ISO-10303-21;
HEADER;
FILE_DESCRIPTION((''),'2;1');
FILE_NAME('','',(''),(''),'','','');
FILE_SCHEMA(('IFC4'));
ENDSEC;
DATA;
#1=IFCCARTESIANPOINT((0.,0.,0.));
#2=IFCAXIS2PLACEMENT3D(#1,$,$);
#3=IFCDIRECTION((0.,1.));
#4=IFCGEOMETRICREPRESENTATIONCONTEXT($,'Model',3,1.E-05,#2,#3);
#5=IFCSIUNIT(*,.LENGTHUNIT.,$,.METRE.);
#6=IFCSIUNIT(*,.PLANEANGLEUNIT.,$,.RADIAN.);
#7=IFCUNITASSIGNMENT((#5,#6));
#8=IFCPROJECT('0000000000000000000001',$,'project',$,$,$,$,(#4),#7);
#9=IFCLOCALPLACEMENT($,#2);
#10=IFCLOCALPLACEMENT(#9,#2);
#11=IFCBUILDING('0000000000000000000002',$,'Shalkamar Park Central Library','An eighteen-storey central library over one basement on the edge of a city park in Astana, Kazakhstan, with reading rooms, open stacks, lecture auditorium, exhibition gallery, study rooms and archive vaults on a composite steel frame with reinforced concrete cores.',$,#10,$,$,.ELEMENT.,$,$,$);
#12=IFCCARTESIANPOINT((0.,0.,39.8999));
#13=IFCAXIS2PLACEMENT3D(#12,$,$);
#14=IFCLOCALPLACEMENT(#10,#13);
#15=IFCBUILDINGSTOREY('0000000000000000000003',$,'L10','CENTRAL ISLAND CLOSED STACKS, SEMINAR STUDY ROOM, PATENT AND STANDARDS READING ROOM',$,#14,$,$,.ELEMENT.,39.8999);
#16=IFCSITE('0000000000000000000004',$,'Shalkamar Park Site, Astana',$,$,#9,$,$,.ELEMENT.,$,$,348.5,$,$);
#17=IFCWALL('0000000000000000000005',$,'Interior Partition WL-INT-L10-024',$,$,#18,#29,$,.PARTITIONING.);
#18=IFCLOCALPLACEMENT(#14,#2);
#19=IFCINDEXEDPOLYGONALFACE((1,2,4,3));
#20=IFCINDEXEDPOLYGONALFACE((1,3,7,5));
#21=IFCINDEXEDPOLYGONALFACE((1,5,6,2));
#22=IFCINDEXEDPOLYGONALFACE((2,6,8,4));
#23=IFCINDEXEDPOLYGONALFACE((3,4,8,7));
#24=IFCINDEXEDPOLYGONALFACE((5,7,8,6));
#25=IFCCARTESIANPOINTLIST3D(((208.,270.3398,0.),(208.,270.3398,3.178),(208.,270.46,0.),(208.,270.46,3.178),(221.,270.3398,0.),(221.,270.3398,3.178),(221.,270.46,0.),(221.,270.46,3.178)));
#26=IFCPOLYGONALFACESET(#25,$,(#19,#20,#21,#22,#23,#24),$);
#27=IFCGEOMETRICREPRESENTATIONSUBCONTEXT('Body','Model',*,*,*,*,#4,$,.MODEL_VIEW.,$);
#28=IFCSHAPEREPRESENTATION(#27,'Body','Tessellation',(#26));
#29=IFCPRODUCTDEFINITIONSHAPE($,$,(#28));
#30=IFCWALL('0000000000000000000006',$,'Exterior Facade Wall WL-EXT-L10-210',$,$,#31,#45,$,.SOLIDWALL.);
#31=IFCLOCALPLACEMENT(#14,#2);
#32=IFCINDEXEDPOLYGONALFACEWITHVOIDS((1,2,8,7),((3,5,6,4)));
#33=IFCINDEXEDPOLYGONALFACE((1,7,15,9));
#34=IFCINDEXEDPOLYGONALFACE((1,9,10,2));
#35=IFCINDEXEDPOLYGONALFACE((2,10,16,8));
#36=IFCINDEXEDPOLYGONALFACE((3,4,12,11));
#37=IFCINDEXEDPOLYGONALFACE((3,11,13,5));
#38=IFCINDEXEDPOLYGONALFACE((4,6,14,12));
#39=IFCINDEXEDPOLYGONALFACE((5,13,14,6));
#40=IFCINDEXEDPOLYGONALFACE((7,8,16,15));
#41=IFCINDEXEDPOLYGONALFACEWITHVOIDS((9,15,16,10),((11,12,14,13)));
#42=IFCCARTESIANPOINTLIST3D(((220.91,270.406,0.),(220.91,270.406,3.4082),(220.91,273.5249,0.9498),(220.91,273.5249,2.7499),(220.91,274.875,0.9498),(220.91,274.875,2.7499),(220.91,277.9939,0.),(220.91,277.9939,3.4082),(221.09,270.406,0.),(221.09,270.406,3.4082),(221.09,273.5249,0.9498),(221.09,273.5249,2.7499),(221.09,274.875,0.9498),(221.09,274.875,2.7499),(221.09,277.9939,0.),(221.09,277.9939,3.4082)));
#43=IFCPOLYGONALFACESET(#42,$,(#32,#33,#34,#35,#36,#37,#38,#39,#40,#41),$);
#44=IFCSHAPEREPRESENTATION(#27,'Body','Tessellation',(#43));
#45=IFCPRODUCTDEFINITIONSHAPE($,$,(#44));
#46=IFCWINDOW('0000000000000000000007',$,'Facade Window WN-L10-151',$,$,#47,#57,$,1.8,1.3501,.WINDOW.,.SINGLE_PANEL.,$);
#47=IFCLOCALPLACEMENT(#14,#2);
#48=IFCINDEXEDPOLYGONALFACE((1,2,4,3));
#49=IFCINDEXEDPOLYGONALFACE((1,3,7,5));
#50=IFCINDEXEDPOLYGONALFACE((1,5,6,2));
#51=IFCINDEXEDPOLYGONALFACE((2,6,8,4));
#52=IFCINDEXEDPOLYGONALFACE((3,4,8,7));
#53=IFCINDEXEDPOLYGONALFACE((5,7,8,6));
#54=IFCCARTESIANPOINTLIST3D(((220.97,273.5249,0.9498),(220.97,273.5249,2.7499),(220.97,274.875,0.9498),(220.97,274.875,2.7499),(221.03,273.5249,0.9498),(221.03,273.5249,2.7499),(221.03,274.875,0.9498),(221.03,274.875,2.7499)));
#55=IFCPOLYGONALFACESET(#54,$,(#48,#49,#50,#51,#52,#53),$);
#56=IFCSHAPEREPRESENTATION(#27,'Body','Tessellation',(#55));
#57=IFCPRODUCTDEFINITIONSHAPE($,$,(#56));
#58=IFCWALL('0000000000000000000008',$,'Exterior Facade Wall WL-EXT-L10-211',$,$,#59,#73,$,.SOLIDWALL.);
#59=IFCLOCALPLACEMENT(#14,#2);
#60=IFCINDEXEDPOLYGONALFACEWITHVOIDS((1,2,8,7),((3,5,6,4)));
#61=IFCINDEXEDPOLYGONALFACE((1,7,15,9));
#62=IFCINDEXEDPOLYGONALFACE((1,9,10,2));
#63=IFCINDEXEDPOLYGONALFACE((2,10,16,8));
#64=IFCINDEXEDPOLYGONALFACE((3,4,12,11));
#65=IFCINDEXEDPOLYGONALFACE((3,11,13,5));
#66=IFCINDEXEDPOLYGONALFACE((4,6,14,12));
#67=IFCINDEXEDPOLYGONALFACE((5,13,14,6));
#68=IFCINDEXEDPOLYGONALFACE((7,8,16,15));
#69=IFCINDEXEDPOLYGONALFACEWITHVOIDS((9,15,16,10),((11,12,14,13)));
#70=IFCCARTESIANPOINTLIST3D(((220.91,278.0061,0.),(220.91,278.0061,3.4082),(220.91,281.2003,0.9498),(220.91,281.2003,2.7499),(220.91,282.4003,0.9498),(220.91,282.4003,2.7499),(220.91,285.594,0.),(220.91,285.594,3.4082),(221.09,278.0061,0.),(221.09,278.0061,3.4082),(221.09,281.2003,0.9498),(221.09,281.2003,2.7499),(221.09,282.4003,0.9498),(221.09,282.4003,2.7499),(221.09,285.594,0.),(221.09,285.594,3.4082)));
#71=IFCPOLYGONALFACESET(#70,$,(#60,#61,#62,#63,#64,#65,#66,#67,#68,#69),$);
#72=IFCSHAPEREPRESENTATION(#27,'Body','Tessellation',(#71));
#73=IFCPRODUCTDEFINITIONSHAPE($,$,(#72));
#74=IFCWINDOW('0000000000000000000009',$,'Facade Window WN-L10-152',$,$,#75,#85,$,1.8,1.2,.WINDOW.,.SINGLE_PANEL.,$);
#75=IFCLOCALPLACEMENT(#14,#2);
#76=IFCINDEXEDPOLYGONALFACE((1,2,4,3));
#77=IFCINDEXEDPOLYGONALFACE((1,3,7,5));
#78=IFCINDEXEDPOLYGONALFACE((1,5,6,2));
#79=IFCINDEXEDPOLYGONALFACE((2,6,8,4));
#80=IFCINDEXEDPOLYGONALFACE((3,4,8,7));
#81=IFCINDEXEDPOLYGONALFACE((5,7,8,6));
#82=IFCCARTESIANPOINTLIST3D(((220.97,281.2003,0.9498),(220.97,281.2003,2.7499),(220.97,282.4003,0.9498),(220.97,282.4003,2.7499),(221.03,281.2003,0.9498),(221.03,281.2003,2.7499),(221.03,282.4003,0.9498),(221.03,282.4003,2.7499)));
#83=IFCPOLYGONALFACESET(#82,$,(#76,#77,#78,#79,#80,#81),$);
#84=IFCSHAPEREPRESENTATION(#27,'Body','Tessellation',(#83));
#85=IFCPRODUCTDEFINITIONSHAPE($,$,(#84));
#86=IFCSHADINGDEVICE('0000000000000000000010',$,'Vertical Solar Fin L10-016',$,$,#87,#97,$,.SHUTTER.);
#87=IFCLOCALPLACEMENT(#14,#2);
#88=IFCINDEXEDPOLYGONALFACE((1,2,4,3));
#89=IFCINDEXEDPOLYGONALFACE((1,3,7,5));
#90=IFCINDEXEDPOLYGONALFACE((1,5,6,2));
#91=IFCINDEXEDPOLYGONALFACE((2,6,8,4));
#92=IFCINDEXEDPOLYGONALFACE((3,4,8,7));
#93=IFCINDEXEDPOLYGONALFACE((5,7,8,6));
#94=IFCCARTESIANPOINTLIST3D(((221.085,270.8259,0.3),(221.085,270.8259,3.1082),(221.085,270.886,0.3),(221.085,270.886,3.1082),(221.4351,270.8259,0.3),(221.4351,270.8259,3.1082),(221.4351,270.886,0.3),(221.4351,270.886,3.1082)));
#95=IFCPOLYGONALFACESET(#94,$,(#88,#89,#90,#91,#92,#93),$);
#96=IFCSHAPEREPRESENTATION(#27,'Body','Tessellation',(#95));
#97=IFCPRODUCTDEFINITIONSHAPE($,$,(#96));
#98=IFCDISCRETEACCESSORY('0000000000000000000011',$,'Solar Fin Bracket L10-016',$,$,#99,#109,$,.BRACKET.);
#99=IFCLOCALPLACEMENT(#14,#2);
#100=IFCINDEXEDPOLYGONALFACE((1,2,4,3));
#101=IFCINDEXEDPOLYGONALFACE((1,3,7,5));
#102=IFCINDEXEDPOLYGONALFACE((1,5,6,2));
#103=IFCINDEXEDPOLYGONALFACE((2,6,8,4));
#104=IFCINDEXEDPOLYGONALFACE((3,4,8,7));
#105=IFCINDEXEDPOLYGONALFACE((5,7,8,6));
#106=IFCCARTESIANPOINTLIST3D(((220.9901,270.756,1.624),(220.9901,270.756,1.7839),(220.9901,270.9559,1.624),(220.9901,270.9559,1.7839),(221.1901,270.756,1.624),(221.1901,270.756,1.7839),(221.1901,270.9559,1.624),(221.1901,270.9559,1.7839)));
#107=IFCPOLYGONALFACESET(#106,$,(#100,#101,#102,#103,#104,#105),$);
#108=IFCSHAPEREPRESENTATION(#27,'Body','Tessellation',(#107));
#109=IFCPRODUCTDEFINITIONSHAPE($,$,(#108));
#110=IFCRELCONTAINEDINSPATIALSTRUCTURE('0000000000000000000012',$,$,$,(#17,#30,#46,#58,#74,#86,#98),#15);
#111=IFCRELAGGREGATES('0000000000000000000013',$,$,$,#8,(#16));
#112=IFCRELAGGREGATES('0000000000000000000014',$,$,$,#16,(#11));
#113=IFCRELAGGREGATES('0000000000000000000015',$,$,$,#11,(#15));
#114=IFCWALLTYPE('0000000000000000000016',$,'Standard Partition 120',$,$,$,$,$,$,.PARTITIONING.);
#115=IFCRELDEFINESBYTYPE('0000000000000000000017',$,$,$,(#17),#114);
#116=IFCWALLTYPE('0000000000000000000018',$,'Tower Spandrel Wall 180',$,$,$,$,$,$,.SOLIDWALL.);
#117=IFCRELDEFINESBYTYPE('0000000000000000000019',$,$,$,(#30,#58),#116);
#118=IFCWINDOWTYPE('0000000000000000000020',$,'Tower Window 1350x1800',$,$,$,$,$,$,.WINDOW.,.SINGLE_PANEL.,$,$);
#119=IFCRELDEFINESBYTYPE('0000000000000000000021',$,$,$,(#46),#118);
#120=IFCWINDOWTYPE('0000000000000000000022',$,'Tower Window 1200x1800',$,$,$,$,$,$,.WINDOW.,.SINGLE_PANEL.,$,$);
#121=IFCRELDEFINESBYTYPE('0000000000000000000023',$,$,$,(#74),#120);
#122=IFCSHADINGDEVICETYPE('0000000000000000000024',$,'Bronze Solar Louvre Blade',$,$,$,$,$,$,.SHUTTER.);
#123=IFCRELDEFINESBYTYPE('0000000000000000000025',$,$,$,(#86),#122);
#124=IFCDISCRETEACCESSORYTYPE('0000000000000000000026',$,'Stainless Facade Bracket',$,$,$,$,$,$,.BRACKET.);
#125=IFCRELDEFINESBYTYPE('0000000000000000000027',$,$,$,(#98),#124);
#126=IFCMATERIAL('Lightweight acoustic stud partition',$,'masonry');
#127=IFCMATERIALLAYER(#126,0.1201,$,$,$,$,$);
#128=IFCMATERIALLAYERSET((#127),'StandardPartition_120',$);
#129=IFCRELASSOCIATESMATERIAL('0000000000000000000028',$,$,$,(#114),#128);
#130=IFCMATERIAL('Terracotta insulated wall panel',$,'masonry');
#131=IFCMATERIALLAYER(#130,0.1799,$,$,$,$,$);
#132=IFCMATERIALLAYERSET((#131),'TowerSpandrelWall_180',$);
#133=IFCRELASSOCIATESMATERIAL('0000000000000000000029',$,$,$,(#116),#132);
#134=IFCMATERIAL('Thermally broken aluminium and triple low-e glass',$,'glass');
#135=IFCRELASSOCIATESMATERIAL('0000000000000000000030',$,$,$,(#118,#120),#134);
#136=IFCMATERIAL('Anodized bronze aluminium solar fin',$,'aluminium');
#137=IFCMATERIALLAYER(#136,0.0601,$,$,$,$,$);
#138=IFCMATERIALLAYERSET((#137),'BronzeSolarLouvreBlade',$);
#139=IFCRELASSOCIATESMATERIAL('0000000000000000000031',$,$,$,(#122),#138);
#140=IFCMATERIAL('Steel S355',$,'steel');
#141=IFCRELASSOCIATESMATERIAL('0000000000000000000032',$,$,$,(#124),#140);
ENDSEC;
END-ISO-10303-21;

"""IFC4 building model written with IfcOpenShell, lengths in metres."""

from ifc_helpers import new_model, si_unit, direction, frame, frame_2d, origin, origin_2d, place, context, subcontext, project, spatial, rectangle, extrude, material, layer, layer_set, type_object, element, fill, save


model = new_model("IFC4")

# Units and contexts
model_context = context("Model", 3, precision=1e-05, world=origin(), true_north=direction((0.0, 1.0)))
body_context = subcontext(model_context, "Body", "Model", "MODEL_VIEW")
ifc_project = project(units=[si_unit("LENGTHUNIT", "METRE"), si_unit("PLANEANGLEUNIT", "RADIAN")], contexts=[model_context])

# Site, building, storey
site_placement = place(None, origin())
site = spatial("IfcSite", under=ifc_project, at=site_placement, Name="Shalkamar Park Site, Astana", CompositionType="ELEMENT", RefElevation=348.5)
building_placement = place(site_placement, origin())
building = spatial("IfcBuilding", under=site, at=building_placement, Name="Shalkamar Park Central Library", Description="An eighteen-storey central library over one basement on the edge of a city park in Astana, Kazakhstan, with reading rooms, open stacks, lecture auditorium, exhibition gallery, study rooms and archive vaults on a composite steel frame with reinforced concrete cores.", CompositionType="ELEMENT")
storey_placement = place(building_placement, frame((0.0, 0.0, 39.8999)))
storey = spatial("IfcBuildingStorey", under=building, at=storey_placement, Name="L10", Description="CENTRAL ISLAND CLOSED STACKS, SEMINAR STUDY ROOM, PATENT AND STANDARDS READING ROOM", CompositionType="ELEMENT", Elevation=39.8999)

# Shared definitions
ifc_material_1 = material(Name="Steel S355", Category="steel")

# Wall
ifc_material_2 = material(Name="Lightweight acoustic stud partition", Category="masonry")
ifc_layer_1 = layer(ifc_material_2, 0.1201)
ifc_layer_set_1 = layer_set([ifc_layer_1], Name="StandardPartition_120")
wall_type_1 = type_object("IfcWallType", Name="Standard Partition 120", PredefinedType="PARTITIONING", material=ifc_layer_set_1)
wall_1_placement = place(storey_placement, frame((208.0, 270.3999, 0.0), z_axis=(0.0, 0.0, 1.0), x_axis=(1.0, 0.0, 0.0)))
element("IfcWall", 1, at=wall_1_placement, inside=storey, type_object=wall_type_1, Name="Interior Partition WL-INT-L10-024", PredefinedType="PARTITIONING", context=body_context, shape_type="SweptSolid", body=[
    extrude(rectangle(XDim=13.0, YDim=0.1201, at=frame_2d((6.5, 0.0))), origin(), (0.0, 0.0, 1.0), 3.178),
])

# Walls, openings, windows
ifc_material_3 = material(Name="Terracotta insulated wall panel", Category="masonry")
ifc_layer_2 = layer(ifc_material_3, 0.1799)
ifc_layer_set_2 = layer_set([ifc_layer_2], Name="TowerSpandrelWall_180")
wall_type_2 = type_object("IfcWallType", Name="Tower Spandrel Wall 180", PredefinedType="SOLIDWALL", material=ifc_layer_set_2)
wall_2_placement = place(storey_placement, frame((221.0, 270.406, 0.0), z_axis=(0.0, 0.0, 1.0), x_axis=(0.0, 1.0, 0.0)))
wall_2 = element("IfcWall", 2, at=wall_2_placement, inside=storey, type_object=wall_type_2, Name="Exterior Facade Wall WL-EXT-L10-210", PredefinedType="SOLIDWALL", context=body_context, shape_type="SweptSolid", body=[
    extrude(rectangle(XDim=7.5879, YDim=0.1799, at=frame_2d((3.7939, 0.0))), origin(), (0.0, 0.0, 1.0), 3.4082),
])
opening_1_placement = place(wall_2_placement, frame((3.1189, 0.0, 0.95)))
opening_1 = element("IfcOpeningElement", 3, at=opening_1_placement, cuts=wall_2, PredefinedType="OPENING", context=body_context, shape_type="SweptSolid", body=[
    extrude(rectangle(XDim=1.3501, YDim=1.8, at=frame_2d((0.675, 0.8999))), frame((0.0, 0.105, 0.0), z_axis=(0.0, -1.0, 0.0), x_axis=(1.0, 0.0, 0.0)), (0.0, 0.0, 1.0), 0.2097),
])
ifc_material_4 = material(Name="Thermally broken aluminium and triple low-e glass", Category="glass")
window_type_1 = type_object("IfcWindowType", Name="Tower Window 1350x1800", PartitioningType="SINGLE_PANEL", PredefinedType="WINDOW", material=ifc_material_4)
window_1_placement = place(opening_1_placement, origin())
window_1 = element("IfcWindow", 4, at=window_1_placement, inside=storey, type_object=window_type_1, Name="Facade Window WN-L10-151", OverallHeight=1.8, OverallWidth=1.3501, PartitioningType="SINGLE_PANEL", PredefinedType="WINDOW", context=body_context, shape_type="SweptSolid", body=[
    extrude(rectangle(XDim=1.3501, YDim=1.8, at=frame_2d((0.675, 0.8999))), frame((0.0, 0.03, 0.0), z_axis=(0.0, -1.0, 0.0), x_axis=(1.0, 0.0, 0.0)), (0.0, 0.0, 1.0), 0.0601),
])
fill(opening_1, window_1)
wall_3_placement = place(storey_placement, frame((221.0, 278.0061, 0.0), z_axis=(0.0, 0.0, 1.0), x_axis=(0.0, 1.0, 0.0)))
wall_3 = element("IfcWall", 5, at=wall_3_placement, inside=storey, type_object=wall_type_2, Name="Exterior Facade Wall WL-EXT-L10-211", PredefinedType="SOLIDWALL", context=body_context, shape_type="SweptSolid", body=[
    extrude(rectangle(XDim=7.5879, YDim=0.1799, at=frame_2d((3.7939, 0.0))), origin(), (0.0, 0.0, 1.0), 3.4082),
])
opening_2_placement = place(wall_3_placement, frame((3.1941, 0.0, 0.95)))
opening_2 = element("IfcOpeningElement", 6, at=opening_2_placement, cuts=wall_3, PredefinedType="OPENING", context=body_context, shape_type="SweptSolid", body=[
    extrude(rectangle(XDim=1.2, YDim=1.8, at=frame_2d((0.6001, 0.8999))), frame((0.0, 0.105, 0.0), z_axis=(0.0, -1.0, 0.0), x_axis=(1.0, 0.0, 0.0)), (0.0, 0.0, 1.0), 0.2097),
])
window_type_2 = type_object("IfcWindowType", Name="Tower Window 1200x1800", PartitioningType="SINGLE_PANEL", PredefinedType="WINDOW", material=ifc_material_4)
window_2_placement = place(opening_2_placement, origin())
window_2 = element("IfcWindow", 7, at=window_2_placement, inside=storey, type_object=window_type_2, Name="Facade Window WN-L10-152", OverallHeight=1.8, OverallWidth=1.2, PartitioningType="SINGLE_PANEL", PredefinedType="WINDOW", context=body_context, shape_type="SweptSolid", body=[
    extrude(rectangle(XDim=1.2, YDim=1.8, at=frame_2d((0.6001, 0.8999))), frame((0.0, 0.03, 0.0), z_axis=(0.0, -1.0, 0.0), x_axis=(1.0, 0.0, 0.0)), (0.0, 0.0, 1.0), 0.0601),
])
fill(opening_2, window_2)

# Shading device
ifc_material_5 = material(Name="Anodized bronze aluminium solar fin", Category="aluminium")
ifc_layer_3 = layer(ifc_material_5, 0.0601)
ifc_layer_set_3 = layer_set([ifc_layer_3], Name="BronzeSolarLouvreBlade")
shading_device_type = type_object("IfcShadingDeviceType", Name="Bronze Solar Louvre Blade", PredefinedType="SHUTTER", material=ifc_layer_set_3)
shading_device_placement = place(storey_placement, frame((221.26, 270.856, 0.3), z_axis=(0.0, 0.0, 1.0), x_axis=(1.0, 0.0, 0.0)))
element("IfcShadingDevice", 8, at=shading_device_placement, inside=storey, type_object=shading_device_type, Name="Vertical Solar Fin L10-016", PredefinedType="SHUTTER", context=body_context, shape_type="SweptSolid", body=[
    extrude(rectangle(XDim=0.3501, YDim=0.0601, at=origin_2d()), origin(), (0.0, 0.0, 1.0), 2.8081),
])

# Discrete accessory
discrete_accessory_type = type_object("IfcDiscreteAccessoryType", Name="Stainless Facade Bracket", PredefinedType="BRACKET", material=ifc_material_1)
discrete_accessory_placement = place(storey_placement, frame((221.0901, 270.856, 1.624), z_axis=(0.0, 0.0, 1.0), x_axis=(1.0, 0.0, 0.0)))
element("IfcDiscreteAccessory", 9, at=discrete_accessory_placement, inside=storey, type_object=discrete_accessory_type, Name="Solar Fin Bracket L10-016", PredefinedType="BRACKET", context=body_context, shape_type="SweptSolid", body=[
    extrude(rectangle(XDim=0.2, YDim=0.2, at=origin_2d()), origin(), (0.0, 0.0, 1.0), 0.1599),
])

save(model, "model.ifc")
